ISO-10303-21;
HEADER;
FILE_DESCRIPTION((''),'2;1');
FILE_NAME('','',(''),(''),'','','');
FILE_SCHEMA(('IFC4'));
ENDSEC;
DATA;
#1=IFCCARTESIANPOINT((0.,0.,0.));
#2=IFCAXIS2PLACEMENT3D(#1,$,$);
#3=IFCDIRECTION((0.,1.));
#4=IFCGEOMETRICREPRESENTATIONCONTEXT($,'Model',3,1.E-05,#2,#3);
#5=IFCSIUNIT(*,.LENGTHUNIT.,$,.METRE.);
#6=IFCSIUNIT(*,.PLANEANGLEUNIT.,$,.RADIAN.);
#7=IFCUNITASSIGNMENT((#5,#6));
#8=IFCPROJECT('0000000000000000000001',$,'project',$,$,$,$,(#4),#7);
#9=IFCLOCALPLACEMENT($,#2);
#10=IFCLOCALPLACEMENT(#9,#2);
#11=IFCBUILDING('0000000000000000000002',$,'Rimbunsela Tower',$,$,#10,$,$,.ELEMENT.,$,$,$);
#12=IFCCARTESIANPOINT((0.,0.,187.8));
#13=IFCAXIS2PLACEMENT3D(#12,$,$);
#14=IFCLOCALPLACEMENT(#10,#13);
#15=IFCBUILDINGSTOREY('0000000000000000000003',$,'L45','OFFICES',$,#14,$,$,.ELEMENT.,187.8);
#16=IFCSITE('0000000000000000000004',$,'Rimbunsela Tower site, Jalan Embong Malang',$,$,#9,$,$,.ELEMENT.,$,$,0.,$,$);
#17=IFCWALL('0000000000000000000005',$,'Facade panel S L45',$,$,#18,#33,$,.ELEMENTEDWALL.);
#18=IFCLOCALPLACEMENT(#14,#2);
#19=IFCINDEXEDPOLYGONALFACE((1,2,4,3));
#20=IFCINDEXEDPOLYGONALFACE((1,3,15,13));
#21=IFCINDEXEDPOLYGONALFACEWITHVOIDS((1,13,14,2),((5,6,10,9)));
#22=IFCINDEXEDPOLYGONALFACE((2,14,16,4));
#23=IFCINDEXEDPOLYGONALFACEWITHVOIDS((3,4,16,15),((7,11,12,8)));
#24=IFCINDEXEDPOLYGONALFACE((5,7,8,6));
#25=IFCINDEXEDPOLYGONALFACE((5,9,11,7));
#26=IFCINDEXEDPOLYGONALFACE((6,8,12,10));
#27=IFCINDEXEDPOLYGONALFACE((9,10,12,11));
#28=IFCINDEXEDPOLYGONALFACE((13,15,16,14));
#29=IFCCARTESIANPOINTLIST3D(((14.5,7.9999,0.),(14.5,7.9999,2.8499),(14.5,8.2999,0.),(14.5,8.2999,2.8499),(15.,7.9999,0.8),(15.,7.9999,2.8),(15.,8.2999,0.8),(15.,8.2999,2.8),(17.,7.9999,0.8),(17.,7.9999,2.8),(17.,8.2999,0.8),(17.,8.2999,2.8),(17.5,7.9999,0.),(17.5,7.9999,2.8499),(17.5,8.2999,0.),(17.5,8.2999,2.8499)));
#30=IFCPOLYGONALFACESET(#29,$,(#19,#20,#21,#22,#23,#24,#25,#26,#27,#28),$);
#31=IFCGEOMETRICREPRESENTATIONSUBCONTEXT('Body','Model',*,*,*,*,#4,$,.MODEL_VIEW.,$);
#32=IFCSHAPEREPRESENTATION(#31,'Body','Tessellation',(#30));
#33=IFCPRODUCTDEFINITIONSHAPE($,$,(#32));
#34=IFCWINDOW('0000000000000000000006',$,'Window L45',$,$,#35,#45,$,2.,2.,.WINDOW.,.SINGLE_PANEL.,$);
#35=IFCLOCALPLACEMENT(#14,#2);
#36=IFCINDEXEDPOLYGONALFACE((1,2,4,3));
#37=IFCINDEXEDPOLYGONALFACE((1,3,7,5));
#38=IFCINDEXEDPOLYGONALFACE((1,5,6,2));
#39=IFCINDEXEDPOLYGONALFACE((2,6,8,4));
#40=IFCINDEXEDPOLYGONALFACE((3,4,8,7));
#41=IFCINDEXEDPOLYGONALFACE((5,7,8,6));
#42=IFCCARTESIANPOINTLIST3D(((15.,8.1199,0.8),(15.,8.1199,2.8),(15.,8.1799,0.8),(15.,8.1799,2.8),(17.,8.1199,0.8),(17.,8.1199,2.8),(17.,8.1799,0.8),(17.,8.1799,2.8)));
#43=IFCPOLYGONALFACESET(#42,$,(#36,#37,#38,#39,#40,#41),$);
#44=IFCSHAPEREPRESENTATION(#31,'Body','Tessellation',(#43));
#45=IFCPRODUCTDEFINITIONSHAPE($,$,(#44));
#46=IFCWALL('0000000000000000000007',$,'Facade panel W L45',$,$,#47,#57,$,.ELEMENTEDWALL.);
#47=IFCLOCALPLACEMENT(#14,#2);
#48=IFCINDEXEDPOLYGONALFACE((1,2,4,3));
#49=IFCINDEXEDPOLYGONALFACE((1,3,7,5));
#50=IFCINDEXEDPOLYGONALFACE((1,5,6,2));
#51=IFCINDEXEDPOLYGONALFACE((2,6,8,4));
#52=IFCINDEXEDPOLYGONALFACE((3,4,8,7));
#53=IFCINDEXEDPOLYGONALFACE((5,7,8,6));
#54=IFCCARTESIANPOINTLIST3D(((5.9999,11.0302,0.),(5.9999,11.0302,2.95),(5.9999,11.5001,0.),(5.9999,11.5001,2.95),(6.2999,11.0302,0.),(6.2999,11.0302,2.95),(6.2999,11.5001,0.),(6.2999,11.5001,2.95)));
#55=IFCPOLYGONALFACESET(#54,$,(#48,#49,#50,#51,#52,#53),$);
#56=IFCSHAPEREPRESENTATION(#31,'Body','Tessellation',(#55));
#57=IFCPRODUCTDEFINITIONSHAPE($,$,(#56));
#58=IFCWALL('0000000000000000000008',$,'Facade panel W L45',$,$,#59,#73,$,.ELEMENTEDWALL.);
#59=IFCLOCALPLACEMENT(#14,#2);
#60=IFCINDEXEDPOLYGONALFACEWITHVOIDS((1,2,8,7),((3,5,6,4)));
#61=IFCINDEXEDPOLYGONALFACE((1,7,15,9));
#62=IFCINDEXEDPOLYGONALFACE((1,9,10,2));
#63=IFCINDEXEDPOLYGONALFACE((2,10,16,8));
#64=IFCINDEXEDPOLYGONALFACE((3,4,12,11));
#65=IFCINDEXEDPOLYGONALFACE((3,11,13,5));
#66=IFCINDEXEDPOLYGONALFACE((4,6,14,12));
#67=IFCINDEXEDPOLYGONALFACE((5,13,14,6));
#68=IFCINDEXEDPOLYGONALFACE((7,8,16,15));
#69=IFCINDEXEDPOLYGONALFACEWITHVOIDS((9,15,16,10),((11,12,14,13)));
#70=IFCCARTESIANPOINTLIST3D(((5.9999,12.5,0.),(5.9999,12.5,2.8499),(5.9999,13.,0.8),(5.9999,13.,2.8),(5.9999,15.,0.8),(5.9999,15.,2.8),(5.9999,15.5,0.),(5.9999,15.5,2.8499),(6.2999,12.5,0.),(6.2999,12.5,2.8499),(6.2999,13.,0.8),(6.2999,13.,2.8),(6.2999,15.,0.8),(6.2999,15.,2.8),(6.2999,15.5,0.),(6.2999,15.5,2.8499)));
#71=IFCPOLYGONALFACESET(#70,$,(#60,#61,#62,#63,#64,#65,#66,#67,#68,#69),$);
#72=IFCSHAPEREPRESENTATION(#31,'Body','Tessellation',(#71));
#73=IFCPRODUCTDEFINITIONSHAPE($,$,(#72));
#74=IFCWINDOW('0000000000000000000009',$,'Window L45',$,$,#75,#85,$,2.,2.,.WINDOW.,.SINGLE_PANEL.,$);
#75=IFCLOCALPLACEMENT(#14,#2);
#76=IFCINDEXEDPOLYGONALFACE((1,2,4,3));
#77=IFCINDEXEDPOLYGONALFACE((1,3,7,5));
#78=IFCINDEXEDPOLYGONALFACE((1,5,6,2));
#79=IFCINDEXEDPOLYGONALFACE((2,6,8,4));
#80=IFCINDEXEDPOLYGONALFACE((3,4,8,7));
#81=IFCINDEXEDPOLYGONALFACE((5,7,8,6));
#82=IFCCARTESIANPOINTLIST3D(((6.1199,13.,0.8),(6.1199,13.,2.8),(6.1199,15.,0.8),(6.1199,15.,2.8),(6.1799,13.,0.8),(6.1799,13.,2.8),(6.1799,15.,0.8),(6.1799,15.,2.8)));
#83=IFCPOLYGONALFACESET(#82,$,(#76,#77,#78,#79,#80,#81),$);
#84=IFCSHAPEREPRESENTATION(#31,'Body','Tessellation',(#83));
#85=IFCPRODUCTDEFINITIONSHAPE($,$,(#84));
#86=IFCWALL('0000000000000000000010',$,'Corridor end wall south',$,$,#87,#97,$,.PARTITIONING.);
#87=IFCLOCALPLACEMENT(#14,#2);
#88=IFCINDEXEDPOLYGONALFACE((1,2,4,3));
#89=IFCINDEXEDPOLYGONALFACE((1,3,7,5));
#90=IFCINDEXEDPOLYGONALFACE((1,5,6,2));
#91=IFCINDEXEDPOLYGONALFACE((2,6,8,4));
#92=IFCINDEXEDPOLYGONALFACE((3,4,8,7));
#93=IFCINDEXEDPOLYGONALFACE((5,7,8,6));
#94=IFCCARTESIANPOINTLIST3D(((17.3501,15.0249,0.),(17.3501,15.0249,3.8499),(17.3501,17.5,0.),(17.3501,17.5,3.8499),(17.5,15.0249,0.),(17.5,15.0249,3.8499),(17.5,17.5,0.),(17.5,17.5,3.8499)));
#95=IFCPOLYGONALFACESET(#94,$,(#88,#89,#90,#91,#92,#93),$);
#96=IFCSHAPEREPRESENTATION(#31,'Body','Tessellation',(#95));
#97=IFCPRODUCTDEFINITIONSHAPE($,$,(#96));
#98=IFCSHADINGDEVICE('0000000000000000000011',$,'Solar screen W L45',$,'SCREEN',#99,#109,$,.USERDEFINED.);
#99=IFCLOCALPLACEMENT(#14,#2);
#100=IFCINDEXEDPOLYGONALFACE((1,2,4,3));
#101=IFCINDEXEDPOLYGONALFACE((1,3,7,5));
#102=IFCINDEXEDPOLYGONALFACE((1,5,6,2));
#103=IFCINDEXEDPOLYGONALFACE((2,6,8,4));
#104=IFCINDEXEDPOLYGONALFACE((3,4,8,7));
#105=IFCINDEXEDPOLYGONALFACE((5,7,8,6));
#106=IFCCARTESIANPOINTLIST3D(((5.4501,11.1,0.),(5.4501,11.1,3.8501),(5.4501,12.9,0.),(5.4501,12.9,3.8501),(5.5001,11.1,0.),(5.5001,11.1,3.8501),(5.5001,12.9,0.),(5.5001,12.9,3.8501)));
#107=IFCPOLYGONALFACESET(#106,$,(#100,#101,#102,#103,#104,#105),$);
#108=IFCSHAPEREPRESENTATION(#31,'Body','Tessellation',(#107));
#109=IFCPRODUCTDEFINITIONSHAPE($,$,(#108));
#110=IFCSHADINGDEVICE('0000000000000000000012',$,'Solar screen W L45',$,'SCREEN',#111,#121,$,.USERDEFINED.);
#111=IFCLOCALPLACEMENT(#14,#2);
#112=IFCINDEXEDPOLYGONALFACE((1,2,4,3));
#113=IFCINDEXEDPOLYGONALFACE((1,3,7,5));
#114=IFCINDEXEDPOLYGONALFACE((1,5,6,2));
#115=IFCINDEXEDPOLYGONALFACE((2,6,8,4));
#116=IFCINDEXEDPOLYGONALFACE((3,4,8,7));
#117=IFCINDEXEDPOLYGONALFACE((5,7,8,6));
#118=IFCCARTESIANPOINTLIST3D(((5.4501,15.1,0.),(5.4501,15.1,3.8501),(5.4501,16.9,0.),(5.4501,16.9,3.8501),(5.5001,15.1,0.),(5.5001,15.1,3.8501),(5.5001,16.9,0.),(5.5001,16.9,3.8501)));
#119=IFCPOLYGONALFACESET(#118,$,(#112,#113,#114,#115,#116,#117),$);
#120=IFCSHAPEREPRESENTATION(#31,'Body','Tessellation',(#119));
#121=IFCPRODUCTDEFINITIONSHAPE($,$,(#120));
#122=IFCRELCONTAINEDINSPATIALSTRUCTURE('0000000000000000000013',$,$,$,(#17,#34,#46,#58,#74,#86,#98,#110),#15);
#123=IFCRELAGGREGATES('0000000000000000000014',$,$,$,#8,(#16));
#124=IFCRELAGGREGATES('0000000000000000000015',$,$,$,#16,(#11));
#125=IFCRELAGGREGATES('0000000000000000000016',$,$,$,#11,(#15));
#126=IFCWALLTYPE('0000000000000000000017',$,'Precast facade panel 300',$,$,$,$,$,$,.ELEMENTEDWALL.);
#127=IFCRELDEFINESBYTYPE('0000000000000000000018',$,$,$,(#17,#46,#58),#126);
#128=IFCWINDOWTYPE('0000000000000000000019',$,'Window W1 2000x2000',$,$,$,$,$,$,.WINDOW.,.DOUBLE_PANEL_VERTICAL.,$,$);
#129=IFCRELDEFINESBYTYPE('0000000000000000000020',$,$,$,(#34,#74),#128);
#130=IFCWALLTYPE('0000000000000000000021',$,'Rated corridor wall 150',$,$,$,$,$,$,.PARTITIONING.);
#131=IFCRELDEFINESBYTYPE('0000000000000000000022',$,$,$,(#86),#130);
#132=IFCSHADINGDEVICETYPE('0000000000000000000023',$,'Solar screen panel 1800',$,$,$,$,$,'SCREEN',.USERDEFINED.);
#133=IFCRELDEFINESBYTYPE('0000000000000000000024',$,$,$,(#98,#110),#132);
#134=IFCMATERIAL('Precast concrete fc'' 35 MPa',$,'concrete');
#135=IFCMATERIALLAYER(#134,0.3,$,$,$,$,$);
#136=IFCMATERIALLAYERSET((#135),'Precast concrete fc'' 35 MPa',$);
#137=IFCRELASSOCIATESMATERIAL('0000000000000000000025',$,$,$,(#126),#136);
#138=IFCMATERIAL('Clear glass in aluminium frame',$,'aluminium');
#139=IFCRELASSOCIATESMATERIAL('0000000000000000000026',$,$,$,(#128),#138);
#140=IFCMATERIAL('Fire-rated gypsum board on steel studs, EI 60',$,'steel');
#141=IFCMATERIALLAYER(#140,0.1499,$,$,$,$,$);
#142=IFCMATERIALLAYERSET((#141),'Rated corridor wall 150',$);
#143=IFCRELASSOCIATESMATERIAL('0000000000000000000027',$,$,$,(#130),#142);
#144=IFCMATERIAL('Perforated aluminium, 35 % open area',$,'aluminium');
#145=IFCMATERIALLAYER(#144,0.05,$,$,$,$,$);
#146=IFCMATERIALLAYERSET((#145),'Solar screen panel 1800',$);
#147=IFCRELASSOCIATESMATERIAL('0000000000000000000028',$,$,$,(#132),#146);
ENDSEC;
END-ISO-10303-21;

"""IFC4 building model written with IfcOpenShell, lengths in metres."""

from ifc_helpers import new_model, si_unit, direction, frame, frame_2d, origin, origin_2d, place, context, subcontext, project, spatial, rectangle, extrude, material, layer, layer_set, type_object, element, fill, save


model = new_model("IFC4")

# Units and contexts
model_context = context("Model", 3, precision=1e-05, world=origin(), true_north=direction((0.0, 1.0)))
body_context = subcontext(model_context, "Body", "Model", "MODEL_VIEW")
ifc_project = project(units=[si_unit("LENGTHUNIT", "METRE"), si_unit("PLANEANGLEUNIT", "RADIAN")], contexts=[model_context])

# Site, building, storey
site_placement = place(None, origin())
site = spatial("IfcSite", under=ifc_project, at=site_placement, Name="Rimbunsela Tower site, Jalan Embong Malang", CompositionType="ELEMENT", RefElevation=0.0)
building_placement = place(site_placement, origin())
building = spatial("IfcBuilding", under=site, at=building_placement, Name="Rimbunsela Tower", CompositionType="ELEMENT")
storey_placement = place(building_placement, frame((0.0, 0.0, 187.8)))
storey = spatial("IfcBuildingStorey", under=building, at=storey_placement, Name="L45", Description="OFFICES", CompositionType="ELEMENT", Elevation=187.8)

# Shared definitions
ifc_material_1 = material(Name="Precast concrete fc' 35 MPa", Category="concrete")
ifc_layer_1 = layer(ifc_material_1, 0.3)
ifc_layer_set_1 = layer_set([ifc_layer_1], Name="Precast concrete fc' 35 MPa")
wall_type_1 = type_object("IfcWallType", Name="Precast facade panel 300", PredefinedType="ELEMENTEDWALL", material=ifc_layer_set_1)

# Wall, opening, window
ifc_material_2 = material(Name="Clear glass in aluminium frame", Category="aluminium")
window_type = type_object("IfcWindowType", Name="Window W1 2000x2000", PartitioningType="DOUBLE_PANEL_VERTICAL", PredefinedType="WINDOW", material=ifc_material_2)
wall_1_placement = place(storey_placement, frame((14.5, 8.1499, 0.0), z_axis=(0.0, 0.0, 1.0), x_axis=(1.0, 0.0, 0.0)))
wall_1 = element("IfcWall", 1, at=wall_1_placement, inside=storey, type_object=wall_type_1, Name="Facade panel S L45", PredefinedType="ELEMENTEDWALL", context=body_context, shape_type="SweptSolid", body=[
    extrude(rectangle(XDim=3.0, YDim=0.3, at=frame_2d((1.5, 0.0))), origin(), (0.0, 0.0, 1.0), 2.8499),
])
opening_1_placement = place(wall_1_placement, frame((0.5, 0.0, 0.8)))
opening_1 = element("IfcOpeningElement", 2, at=opening_1_placement, cuts=wall_1, PredefinedType="OPENING", context=body_context, shape_type="SweptSolid", body=[
    extrude(rectangle(XDim=2.0, YDim=2.0, at=frame_2d((1.0, 1.0))), frame((0.0, 0.1599, 0.0), z_axis=(0.0, -1.0, 0.0), x_axis=(1.0, 0.0, 0.0)), (0.0, 0.0, 1.0), 0.3201),
])
window_1_placement = place(opening_1_placement, origin())
window_1 = element("IfcWindow", 3, at=window_1_placement, inside=storey, type_object=window_type, Name="Window L45", OverallHeight=2.0, OverallWidth=2.0, PartitioningType="SINGLE_PANEL", PredefinedType="WINDOW", context=body_context, shape_type="SweptSolid", body=[
    extrude(rectangle(XDim=2.0, YDim=2.0, at=frame_2d((1.0, 1.0))), frame((0.0, 0.03, 0.0), z_axis=(0.0, -1.0, 0.0), x_axis=(1.0, 0.0, 0.0)), (0.0, 0.0, 1.0), 0.0601),
])
fill(opening_1, window_1)

# Wall
wall_2_placement = place(storey_placement, frame((6.1499, 11.5, 0.0), z_axis=(0.0, 0.0, 1.0), x_axis=(0.0, -1.0, 0.0)))
element("IfcWall", 4, at=wall_2_placement, inside=storey, type_object=wall_type_1, Name="Facade panel W L45", PredefinedType="ELEMENTEDWALL", context=body_context, shape_type="SweptSolid", body=[
    extrude(rectangle(XDim=0.47, YDim=0.3, at=frame_2d((0.2349, 0.0))), origin(), (0.0, 0.0, 1.0), 2.95),
])

# Wall, opening, window
wall_3_placement = place(storey_placement, frame((6.1499, 15.5, 0.0), z_axis=(0.0, 0.0, 1.0), x_axis=(0.0, -1.0, 0.0)))
wall_3 = element("IfcWall", 5, at=wall_3_placement, inside=storey, type_object=wall_type_1, Name="Facade panel W L45", PredefinedType="ELEMENTEDWALL", context=body_context, shape_type="SweptSolid", body=[
    extrude(rectangle(XDim=3.0, YDim=0.3, at=frame_2d((1.5, 0.0))), origin(), (0.0, 0.0, 1.0), 2.8499),
])
opening_2_placement = place(wall_3_placement, frame((0.5, 0.0, 0.8)))
opening_2 = element("IfcOpeningElement", 6, at=opening_2_placement, cuts=wall_3, PredefinedType="OPENING", context=body_context, shape_type="SweptSolid", body=[
    extrude(rectangle(XDim=2.0, YDim=2.0, at=frame_2d((1.0, 1.0))), frame((0.0, 0.1599, 0.0), z_axis=(0.0, -1.0, 0.0), x_axis=(1.0, 0.0, 0.0)), (0.0, 0.0, 1.0), 0.3201),
])
window_2_placement = place(opening_2_placement, origin())
window_2 = element("IfcWindow", 7, at=window_2_placement, inside=storey, type_object=window_type, Name="Window L45", OverallHeight=2.0, OverallWidth=2.0, PartitioningType="SINGLE_PANEL", PredefinedType="WINDOW", context=body_context, shape_type="SweptSolid", body=[
    extrude(rectangle(XDim=2.0, YDim=2.0, at=frame_2d((1.0, 1.0))), frame((0.0, 0.03, 0.0), z_axis=(0.0, -1.0, 0.0), x_axis=(1.0, 0.0, 0.0)), (0.0, 0.0, 1.0), 0.0601),
])
fill(opening_2, window_2)

# Wall
ifc_material_3 = material(Name="Fire-rated gypsum board on steel studs, EI 60", Category="steel")
ifc_layer_2 = layer(ifc_material_3, 0.1499)
ifc_layer_set_2 = layer_set([ifc_layer_2], Name="Rated corridor wall 150")
wall_type_2 = type_object("IfcWallType", Name="Rated corridor wall 150", PredefinedType="PARTITIONING", material=ifc_layer_set_2)
wall_4_placement = place(storey_placement, frame((17.425, 15.0249, 0.0), z_axis=(0.0, 0.0, 1.0), x_axis=(0.0, 1.0, 0.0)))
element("IfcWall", 8, at=wall_4_placement, inside=storey, type_object=wall_type_2, Name="Corridor end wall south", PredefinedType="PARTITIONING", context=body_context, shape_type="SweptSolid", body=[
    extrude(rectangle(XDim=2.4751, YDim=0.1499, at=frame_2d((1.2375, 0.0))), origin(), (0.0, 0.0, 1.0), 3.8499),
])

# Shading devices
ifc_material_4 = material(Name="Perforated aluminium, 35 % open area", Category="aluminium")
ifc_layer_3 = layer(ifc_material_4, 0.05)
ifc_layer_set_3 = layer_set([ifc_layer_3], Name="Solar screen panel 1800")
shading_device_type = type_object("IfcShadingDeviceType", Name="Solar screen panel 1800", ElementType="SCREEN", PredefinedType="USERDEFINED", material=ifc_layer_set_3)
for number, where, z_axis, x_axis, name in (
    (9, (5.4751, 12.0, 0.0), (0.0, 0.0, 1.0), (0.0, 1.0, 0.0), "Solar screen W L45"),
    (10, (5.4751, 16.0, 0.0), (0.0, 0.0, 1.0), (0.0, 1.0, 0.0), "Solar screen W L45"),
):
    element("IfcShadingDevice", number, at=place(storey_placement, frame(where, z_axis=z_axis, x_axis=x_axis)), inside=storey, type_object=shading_device_type, Name=name, ObjectType="SCREEN", PredefinedType="USERDEFINED", context=body_context, shape_type="SweptSolid", body=[
        extrude(rectangle(XDim=1.8, YDim=0.05, at=origin_2d()), origin(), (0.0, 0.0, 1.0), 3.8501),
    ])

save(model, "model.ifc")
